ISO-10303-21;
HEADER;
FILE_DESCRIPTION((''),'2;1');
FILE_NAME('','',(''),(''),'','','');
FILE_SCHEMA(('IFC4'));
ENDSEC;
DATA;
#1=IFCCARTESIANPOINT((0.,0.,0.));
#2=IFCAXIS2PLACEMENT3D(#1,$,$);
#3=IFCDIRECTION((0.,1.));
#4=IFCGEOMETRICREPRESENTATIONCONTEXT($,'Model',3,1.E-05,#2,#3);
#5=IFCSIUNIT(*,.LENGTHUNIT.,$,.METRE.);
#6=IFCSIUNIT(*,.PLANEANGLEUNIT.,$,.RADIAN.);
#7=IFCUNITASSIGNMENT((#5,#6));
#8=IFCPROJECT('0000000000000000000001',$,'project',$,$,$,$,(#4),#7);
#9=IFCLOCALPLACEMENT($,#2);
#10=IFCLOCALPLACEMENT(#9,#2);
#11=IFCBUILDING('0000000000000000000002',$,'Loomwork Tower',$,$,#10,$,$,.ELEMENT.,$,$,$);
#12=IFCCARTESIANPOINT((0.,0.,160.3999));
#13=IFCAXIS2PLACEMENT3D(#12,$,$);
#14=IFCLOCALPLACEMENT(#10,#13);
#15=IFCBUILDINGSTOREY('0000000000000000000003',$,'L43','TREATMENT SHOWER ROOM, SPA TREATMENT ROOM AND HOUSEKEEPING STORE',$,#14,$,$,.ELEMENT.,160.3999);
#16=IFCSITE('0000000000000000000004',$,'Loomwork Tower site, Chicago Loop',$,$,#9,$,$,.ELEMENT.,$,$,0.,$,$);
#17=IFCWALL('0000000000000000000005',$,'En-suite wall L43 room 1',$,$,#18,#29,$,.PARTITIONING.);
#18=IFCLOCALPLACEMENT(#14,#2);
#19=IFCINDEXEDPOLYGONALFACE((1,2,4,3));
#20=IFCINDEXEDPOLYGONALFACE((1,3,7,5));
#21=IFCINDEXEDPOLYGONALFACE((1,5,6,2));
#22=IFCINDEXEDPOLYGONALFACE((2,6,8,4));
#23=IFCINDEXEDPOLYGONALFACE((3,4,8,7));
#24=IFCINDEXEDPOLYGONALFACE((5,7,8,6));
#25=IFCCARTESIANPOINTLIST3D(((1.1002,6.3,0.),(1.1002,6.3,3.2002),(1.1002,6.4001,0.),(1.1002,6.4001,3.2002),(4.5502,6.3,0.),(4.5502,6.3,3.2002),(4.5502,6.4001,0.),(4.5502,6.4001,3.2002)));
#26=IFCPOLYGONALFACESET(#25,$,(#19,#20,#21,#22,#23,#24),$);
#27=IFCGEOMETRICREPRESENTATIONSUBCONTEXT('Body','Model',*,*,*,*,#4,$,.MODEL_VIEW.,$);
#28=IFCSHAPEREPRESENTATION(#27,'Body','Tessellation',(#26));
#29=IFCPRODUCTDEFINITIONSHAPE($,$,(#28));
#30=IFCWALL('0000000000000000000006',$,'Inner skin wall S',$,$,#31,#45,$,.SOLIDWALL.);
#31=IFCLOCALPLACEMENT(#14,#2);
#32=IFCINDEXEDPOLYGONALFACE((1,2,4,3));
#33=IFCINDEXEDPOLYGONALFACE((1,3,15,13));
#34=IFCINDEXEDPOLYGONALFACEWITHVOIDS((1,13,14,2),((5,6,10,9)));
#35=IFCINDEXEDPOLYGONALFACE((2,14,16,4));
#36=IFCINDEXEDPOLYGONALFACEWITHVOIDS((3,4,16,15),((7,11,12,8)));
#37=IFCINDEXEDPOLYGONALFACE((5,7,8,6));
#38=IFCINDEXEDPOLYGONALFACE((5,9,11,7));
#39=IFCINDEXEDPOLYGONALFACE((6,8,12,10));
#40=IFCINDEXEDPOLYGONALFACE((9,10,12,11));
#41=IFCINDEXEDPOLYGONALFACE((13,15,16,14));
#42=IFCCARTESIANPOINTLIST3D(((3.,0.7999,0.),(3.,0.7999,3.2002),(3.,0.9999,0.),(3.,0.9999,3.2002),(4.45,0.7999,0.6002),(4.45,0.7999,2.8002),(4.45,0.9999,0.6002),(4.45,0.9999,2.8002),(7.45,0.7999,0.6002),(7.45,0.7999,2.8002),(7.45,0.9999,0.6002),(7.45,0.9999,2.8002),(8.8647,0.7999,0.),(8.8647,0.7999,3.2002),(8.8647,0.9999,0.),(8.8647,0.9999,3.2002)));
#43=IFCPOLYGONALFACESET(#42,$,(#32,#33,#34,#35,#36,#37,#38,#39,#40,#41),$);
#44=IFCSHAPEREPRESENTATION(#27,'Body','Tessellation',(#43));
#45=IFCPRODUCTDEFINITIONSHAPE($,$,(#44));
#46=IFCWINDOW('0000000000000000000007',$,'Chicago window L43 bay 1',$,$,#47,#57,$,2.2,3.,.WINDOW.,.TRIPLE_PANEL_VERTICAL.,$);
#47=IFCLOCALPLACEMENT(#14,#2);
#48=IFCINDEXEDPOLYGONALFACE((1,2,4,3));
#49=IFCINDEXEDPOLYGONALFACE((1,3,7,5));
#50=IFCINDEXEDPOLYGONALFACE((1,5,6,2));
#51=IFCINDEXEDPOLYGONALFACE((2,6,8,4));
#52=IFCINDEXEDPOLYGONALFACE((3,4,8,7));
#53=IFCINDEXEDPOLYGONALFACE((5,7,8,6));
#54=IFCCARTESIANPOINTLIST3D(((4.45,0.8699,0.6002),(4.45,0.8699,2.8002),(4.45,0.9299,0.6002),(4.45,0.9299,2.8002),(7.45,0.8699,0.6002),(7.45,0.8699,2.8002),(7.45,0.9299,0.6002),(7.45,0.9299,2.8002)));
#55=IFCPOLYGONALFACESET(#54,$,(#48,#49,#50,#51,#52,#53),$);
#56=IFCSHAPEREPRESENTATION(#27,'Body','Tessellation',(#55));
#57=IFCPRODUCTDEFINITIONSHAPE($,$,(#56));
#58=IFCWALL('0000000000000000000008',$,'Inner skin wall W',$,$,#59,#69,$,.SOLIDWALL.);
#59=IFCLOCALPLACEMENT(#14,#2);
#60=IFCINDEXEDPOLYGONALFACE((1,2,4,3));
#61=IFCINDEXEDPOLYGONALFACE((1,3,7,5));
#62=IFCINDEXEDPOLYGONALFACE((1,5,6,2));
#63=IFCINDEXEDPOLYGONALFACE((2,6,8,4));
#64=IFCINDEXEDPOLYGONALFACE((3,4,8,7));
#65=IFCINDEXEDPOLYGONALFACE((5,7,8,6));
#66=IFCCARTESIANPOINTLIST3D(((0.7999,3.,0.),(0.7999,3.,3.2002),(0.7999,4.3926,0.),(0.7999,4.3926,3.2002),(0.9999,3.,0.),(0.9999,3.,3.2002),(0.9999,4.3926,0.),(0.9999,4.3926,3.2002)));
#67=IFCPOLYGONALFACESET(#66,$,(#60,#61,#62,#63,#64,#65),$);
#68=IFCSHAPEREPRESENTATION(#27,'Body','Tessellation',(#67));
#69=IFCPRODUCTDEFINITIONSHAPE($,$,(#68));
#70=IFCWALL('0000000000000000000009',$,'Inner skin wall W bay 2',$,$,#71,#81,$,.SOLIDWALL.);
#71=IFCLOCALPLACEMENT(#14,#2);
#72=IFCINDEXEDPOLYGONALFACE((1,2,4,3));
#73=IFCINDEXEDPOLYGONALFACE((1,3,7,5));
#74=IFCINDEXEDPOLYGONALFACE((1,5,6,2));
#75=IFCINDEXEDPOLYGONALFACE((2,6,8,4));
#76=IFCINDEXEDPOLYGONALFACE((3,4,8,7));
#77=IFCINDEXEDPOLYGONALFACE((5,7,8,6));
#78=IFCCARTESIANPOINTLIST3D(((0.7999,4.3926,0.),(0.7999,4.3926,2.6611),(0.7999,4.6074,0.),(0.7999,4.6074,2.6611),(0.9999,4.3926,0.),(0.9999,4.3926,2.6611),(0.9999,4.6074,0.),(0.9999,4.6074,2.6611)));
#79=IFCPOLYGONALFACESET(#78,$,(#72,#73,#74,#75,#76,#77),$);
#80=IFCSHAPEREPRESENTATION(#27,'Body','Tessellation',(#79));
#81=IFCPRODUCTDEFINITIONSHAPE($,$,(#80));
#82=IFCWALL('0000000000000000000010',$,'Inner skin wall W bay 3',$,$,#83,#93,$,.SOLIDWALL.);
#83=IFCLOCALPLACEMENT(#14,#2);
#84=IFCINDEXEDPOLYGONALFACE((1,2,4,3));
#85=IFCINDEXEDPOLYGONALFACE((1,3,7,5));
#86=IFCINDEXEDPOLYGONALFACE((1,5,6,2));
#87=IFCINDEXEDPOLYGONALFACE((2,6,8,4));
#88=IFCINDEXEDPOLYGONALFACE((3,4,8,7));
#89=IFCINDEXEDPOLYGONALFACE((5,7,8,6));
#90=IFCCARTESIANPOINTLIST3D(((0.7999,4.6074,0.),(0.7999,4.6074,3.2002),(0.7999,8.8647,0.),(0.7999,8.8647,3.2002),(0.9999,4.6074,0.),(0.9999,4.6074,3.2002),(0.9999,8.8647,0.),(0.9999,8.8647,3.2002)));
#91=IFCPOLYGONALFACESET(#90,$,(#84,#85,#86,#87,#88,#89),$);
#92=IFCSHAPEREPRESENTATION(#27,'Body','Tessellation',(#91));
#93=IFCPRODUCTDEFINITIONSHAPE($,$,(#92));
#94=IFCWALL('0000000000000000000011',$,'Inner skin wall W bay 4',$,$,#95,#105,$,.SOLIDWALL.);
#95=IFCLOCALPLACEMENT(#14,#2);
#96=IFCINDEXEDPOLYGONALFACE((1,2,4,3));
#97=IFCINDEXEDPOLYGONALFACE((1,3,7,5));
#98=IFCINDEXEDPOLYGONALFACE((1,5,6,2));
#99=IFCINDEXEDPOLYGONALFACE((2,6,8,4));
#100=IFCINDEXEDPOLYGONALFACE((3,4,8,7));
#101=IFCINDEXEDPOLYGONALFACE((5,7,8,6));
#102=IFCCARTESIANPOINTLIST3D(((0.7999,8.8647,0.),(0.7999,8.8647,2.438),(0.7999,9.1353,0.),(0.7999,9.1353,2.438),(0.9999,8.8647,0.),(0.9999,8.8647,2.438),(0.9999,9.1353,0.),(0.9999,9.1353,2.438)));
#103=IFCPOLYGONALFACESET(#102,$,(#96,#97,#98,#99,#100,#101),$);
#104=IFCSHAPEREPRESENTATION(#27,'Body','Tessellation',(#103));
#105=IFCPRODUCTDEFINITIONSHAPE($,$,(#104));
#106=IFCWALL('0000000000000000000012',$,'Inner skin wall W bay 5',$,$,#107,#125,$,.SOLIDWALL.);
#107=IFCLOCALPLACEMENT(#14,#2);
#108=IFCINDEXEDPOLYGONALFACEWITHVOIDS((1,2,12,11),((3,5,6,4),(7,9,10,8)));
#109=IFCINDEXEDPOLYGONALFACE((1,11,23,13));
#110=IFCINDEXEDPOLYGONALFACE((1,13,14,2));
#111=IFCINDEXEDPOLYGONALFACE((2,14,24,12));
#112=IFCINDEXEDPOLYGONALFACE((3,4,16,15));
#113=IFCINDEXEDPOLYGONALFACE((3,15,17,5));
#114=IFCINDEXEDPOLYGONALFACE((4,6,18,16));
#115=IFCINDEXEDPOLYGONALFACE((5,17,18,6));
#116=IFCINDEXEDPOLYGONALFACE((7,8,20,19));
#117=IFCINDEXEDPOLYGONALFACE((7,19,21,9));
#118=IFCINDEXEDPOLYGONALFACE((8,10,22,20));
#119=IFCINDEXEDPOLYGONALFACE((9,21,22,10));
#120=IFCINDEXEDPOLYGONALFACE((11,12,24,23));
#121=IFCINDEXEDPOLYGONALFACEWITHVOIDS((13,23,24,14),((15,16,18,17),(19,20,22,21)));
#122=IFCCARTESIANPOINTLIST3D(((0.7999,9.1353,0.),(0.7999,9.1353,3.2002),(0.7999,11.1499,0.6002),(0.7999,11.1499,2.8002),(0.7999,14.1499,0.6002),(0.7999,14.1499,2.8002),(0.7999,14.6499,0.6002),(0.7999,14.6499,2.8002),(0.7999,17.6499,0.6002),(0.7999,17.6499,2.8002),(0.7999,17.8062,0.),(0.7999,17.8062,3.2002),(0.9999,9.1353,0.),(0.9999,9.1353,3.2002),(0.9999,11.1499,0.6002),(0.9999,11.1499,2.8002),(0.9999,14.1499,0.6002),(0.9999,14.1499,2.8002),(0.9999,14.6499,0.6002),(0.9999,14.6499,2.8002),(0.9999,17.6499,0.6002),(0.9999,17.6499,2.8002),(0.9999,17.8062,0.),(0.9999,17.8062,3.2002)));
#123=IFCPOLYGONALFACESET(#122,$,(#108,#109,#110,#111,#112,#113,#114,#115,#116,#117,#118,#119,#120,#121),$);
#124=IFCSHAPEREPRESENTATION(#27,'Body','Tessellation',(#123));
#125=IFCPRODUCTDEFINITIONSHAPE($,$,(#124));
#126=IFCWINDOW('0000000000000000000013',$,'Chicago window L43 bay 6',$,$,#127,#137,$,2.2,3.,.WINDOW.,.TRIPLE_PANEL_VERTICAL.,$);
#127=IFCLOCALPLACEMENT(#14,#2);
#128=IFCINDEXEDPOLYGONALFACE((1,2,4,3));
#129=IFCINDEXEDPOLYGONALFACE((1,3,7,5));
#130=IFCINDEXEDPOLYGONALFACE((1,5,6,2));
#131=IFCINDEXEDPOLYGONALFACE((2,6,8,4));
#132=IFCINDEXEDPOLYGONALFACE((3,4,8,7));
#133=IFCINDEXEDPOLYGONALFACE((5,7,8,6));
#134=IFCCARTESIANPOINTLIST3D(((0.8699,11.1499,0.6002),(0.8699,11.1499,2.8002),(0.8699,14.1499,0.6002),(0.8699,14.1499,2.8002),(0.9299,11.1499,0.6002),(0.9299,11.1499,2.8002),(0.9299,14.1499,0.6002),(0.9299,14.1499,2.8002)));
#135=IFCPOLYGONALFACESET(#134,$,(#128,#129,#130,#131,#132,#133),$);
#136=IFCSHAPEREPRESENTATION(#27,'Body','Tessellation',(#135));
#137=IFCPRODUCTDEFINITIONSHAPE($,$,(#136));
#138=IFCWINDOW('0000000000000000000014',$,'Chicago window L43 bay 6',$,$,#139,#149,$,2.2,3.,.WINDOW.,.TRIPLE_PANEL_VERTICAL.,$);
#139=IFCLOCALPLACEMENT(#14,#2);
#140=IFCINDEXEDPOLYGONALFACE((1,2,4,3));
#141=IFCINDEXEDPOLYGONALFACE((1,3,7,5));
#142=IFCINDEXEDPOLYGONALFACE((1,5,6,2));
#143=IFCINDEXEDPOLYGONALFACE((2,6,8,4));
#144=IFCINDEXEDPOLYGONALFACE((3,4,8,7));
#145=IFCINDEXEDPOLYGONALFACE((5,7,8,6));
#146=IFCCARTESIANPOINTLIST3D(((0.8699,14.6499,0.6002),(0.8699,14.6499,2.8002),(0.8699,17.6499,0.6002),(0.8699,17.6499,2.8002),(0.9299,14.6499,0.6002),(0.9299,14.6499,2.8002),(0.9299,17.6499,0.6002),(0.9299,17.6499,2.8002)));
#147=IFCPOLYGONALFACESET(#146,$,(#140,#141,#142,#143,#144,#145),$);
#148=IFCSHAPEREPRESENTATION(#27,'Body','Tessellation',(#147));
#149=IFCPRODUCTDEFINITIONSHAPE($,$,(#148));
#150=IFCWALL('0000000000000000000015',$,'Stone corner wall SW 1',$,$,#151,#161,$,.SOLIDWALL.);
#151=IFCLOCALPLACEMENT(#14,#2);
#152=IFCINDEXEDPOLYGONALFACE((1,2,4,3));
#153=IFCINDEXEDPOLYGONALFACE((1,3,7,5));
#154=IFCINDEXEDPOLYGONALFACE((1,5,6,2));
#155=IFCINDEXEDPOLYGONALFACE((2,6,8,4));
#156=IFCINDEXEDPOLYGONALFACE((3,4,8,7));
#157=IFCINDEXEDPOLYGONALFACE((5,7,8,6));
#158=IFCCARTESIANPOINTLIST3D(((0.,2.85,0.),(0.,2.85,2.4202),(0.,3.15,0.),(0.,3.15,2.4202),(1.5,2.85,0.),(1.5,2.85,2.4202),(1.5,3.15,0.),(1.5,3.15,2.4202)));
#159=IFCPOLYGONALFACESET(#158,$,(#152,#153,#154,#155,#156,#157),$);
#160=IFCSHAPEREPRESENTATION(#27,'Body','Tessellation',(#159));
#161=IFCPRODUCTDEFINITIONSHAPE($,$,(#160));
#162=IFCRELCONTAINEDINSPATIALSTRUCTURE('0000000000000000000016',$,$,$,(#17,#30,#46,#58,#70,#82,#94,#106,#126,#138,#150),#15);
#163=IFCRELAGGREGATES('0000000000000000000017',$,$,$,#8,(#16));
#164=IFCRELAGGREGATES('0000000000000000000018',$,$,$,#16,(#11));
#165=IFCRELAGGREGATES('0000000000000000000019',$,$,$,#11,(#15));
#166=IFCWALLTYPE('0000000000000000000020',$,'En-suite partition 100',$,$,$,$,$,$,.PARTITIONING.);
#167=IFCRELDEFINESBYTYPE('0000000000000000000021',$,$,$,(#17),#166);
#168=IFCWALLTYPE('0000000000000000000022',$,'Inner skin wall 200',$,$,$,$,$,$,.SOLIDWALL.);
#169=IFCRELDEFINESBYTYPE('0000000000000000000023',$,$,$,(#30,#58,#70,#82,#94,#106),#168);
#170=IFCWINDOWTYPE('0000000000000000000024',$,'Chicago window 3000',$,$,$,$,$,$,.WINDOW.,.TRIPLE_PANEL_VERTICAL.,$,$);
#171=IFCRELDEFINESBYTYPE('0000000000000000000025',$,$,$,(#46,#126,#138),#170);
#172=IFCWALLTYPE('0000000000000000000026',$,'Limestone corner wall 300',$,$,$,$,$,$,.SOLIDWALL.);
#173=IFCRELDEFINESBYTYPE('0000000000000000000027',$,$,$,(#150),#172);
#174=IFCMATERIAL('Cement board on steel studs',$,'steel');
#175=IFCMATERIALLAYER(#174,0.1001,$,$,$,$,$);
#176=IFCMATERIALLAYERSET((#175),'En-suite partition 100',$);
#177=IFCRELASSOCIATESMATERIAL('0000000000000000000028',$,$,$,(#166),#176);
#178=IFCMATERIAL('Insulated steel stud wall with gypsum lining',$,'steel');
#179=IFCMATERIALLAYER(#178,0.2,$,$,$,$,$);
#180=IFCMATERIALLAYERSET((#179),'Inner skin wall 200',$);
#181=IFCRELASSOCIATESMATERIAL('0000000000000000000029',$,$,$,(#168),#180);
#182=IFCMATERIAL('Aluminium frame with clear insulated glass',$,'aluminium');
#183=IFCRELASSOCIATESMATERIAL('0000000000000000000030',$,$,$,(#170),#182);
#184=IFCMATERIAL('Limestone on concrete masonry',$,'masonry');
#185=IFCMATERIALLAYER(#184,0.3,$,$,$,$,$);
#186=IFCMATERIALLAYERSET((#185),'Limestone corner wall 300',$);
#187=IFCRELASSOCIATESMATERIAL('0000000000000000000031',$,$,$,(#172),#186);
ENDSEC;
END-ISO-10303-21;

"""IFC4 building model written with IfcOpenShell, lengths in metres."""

from ifc_helpers import new_model, si_unit, direction, frame, frame_2d, origin, place, context, subcontext, project, spatial, rectangle, extrude, material, layer, layer_set, type_object, element, fill, save


model = new_model("IFC4")

# Units and contexts
model_context = context("Model", 3, precision=1e-05, world=origin(), true_north=direction((0.0, 1.0)))
body_context = subcontext(model_context, "Body", "Model", "MODEL_VIEW")
ifc_project = project(units=[si_unit("LENGTHUNIT", "METRE"), si_unit("PLANEANGLEUNIT", "RADIAN")], contexts=[model_context])

# Site, building, storey
site_placement = place(None, origin())
site = spatial("IfcSite", under=ifc_project, at=site_placement, Name="Loomwork Tower site, Chicago Loop", CompositionType="ELEMENT", RefElevation=0.0)
building_placement = place(site_placement, origin())
building = spatial("IfcBuilding", under=site, at=building_placement, Name="Loomwork Tower", CompositionType="ELEMENT")
storey_placement = place(building_placement, frame((0.0, 0.0, 160.3999)))
storey = spatial("IfcBuildingStorey", under=building, at=storey_placement, Name="L43", Description="TREATMENT SHOWER ROOM, SPA TREATMENT ROOM AND HOUSEKEEPING STORE", CompositionType="ELEMENT", Elevation=160.3999)

# Wall
ifc_material_1 = material(Name="Cement board on steel studs", Category="steel")
ifc_layer_1 = layer(ifc_material_1, 0.1001)
ifc_layer_set_1 = layer_set([ifc_layer_1], Name="En-suite partition 100")
wall_type_1 = type_object("IfcWallType", Name="En-suite partition 100", PredefinedType="PARTITIONING", material=ifc_layer_set_1)
wall_1_placement = place(storey_placement, frame((1.1001, 6.3501, 0.0), z_axis=(0.0, 0.0, 1.0), x_axis=(1.0, 0.0, 0.0)))
element("IfcWall", 1, at=wall_1_placement, inside=storey, type_object=wall_type_1, Name="En-suite wall L43 room 1", PredefinedType="PARTITIONING", context=body_context, shape_type="SweptSolid", body=[
    extrude(rectangle(XDim=3.45, YDim=0.1001, at=frame_2d((1.7251, 0.0))), origin(), (0.0, 0.0, 1.0), 3.2002),
])

# Wall, opening, window
ifc_material_2 = material(Name="Insulated steel stud wall with gypsum lining", Category="steel")
ifc_layer_2 = layer(ifc_material_2, 0.2)
ifc_layer_set_2 = layer_set([ifc_layer_2], Name="Inner skin wall 200")
wall_type_2 = type_object("IfcWallType", Name="Inner skin wall 200", PredefinedType="SOLIDWALL", material=ifc_layer_set_2)
wall_2_placement = place(storey_placement, frame((3.0, 0.8999, 0.0), z_axis=(0.0, 0.0, 1.0), x_axis=(1.0, 0.0, 0.0)))
wall_2 = element("IfcWall", 2, at=wall_2_placement, inside=storey, type_object=wall_type_2, Name="Inner skin wall S", PredefinedType="SOLIDWALL", context=body_context, shape_type="SweptSolid", body=[
    extrude(rectangle(XDim=5.8647, YDim=0.2, at=frame_2d((2.9324, 0.0))), origin(), (0.0, 0.0, 1.0), 3.2002),
])
opening_1_placement = place(wall_2_placement, frame((1.45, 0.0, 0.6001)))
opening_1 = element("IfcOpeningElement", 3, at=opening_1_placement, cuts=wall_2, PredefinedType="OPENING", context=body_context, shape_type="SweptSolid", body=[
    extrude(rectangle(XDim=3.0, YDim=2.2, at=frame_2d((1.5, 1.1001))), frame((0.0, 0.1099, 0.0), z_axis=(0.0, -1.0, 0.0), x_axis=(1.0, 0.0, 0.0)), (0.0, 0.0, 1.0), 0.22),
])
ifc_material_3 = material(Name="Aluminium frame with clear insulated glass", Category="aluminium")
window_type_1 = type_object("IfcWindowType", Name="Chicago window 3000", PartitioningType="TRIPLE_PANEL_VERTICAL", PredefinedType="WINDOW", material=ifc_material_3)
window_1_placement = place(opening_1_placement, origin())
window_1 = element("IfcWindow", 4, at=window_1_placement, inside=storey, type_object=window_type_1, Name="Chicago window L43 bay 1", OverallHeight=2.2, OverallWidth=3.0, PartitioningType="TRIPLE_PANEL_VERTICAL", PredefinedType="WINDOW", context=body_context, shape_type="SweptSolid", body=[
    extrude(rectangle(XDim=3.0, YDim=2.2, at=frame_2d((1.5, 1.1001))), frame((0.0, 0.03, 0.0), z_axis=(0.0, -1.0, 0.0), x_axis=(1.0, 0.0, 0.0)), (0.0, 0.0, 1.0), 0.0601),
])
fill(opening_1, window_1)

# Walls
wall_3_placement = place(storey_placement, frame((0.8999, 3.0, 0.0), z_axis=(0.0, 0.0, 1.0), x_axis=(0.0, 1.0, 0.0)))
element("IfcWall", 5, at=wall_3_placement, inside=storey, type_object=wall_type_2, Name="Inner skin wall W", PredefinedType="SOLIDWALL", context=body_context, shape_type="SweptSolid", body=[
    extrude(rectangle(XDim=1.3926, YDim=0.2, at=frame_2d((0.6963, 0.0))), origin(), (0.0, 0.0, 1.0), 3.2002),
])
wall_4_placement = place(storey_placement, frame((0.8999, 4.3926, 0.0), z_axis=(0.0, 0.0, 1.0), x_axis=(0.0, 1.0, 0.0)))
element("IfcWall", 6, at=wall_4_placement, inside=storey, type_object=wall_type_2, Name="Inner skin wall W bay 2", PredefinedType="SOLIDWALL", context=body_context, shape_type="SweptSolid", body=[
    extrude(rectangle(XDim=0.2148, YDim=0.2, at=frame_2d((0.1074, 0.0))), origin(), (0.0, 0.0, 1.0), 2.6611),
])
wall_5_placement = place(storey_placement, frame((0.8999, 4.6074, 0.0), z_axis=(0.0, 0.0, 1.0), x_axis=(0.0, 1.0, 0.0)))
element("IfcWall", 7, at=wall_5_placement, inside=storey, type_object=wall_type_2, Name="Inner skin wall W bay 3", PredefinedType="SOLIDWALL", context=body_context, shape_type="SweptSolid", body=[
    extrude(rectangle(XDim=4.2573, YDim=0.2, at=frame_2d((2.1287, 0.0))), origin(), (0.0, 0.0, 1.0), 3.2002),
])
wall_6_placement = place(storey_placement, frame((0.8999, 8.8647, 0.0), z_axis=(0.0, 0.0, 1.0), x_axis=(0.0, 1.0, 0.0)))
element("IfcWall", 8, at=wall_6_placement, inside=storey, type_object=wall_type_2, Name="Inner skin wall W bay 4", PredefinedType="SOLIDWALL", context=body_context, shape_type="SweptSolid", body=[
    extrude(rectangle(XDim=0.2705, YDim=0.2, at=frame_2d((0.1353, 0.0))), origin(), (0.0, 0.0, 1.0), 2.438),
])

# Wall, openings, windows
wall_7_placement = place(storey_placement, frame((0.8999, 9.1353, 0.0), z_axis=(0.0, 0.0, 1.0), x_axis=(0.0, 1.0, 0.0)))
wall_7 = element("IfcWall", 9, at=wall_7_placement, inside=storey, type_object=wall_type_2, Name="Inner skin wall W bay 5", PredefinedType="SOLIDWALL", context=body_context, shape_type="SweptSolid", body=[
    extrude(rectangle(XDim=8.6709, YDim=0.2, at=frame_2d((4.3354, 0.0))), origin(), (0.0, 0.0, 1.0), 3.2002),
])
opening_2_placement = place(wall_7_placement, frame((2.0146, 0.0, 0.6001)))
opening_2 = element("IfcOpeningElement", 10, at=opening_2_placement, cuts=wall_7, PredefinedType="OPENING", context=body_context, shape_type="SweptSolid", body=[
    extrude(rectangle(XDim=3.0, YDim=2.2, at=frame_2d((1.5, 1.1001))), frame((0.0, 0.1099, 0.0), z_axis=(0.0, -1.0, 0.0), x_axis=(1.0, 0.0, 0.0)), (0.0, 0.0, 1.0), 0.22),
])
opening_3_placement = place(wall_7_placement, frame((5.5146, 0.0, 0.6001)))
opening_3 = element("IfcOpeningElement", 11, at=opening_3_placement, cuts=wall_7, PredefinedType="OPENING", context=body_context, shape_type="SweptSolid", body=[
    extrude(rectangle(XDim=3.0, YDim=2.2, at=frame_2d((1.5, 1.1001))), frame((0.0, 0.1099, 0.0), z_axis=(0.0, -1.0, 0.0), x_axis=(1.0, 0.0, 0.0)), (0.0, 0.0, 1.0), 0.22),
])
window_2_placement = place(opening_2_placement, origin())
window_2 = element("IfcWindow", 12, at=window_2_placement, inside=storey, type_object=window_type_1, Name="Chicago window L43 bay 6", OverallHeight=2.2, OverallWidth=3.0, PartitioningType="TRIPLE_PANEL_VERTICAL", PredefinedType="WINDOW", context=body_context, shape_type="SweptSolid", body=[
    extrude(rectangle(XDim=3.0, YDim=2.2, at=frame_2d((1.5, 1.1001))), frame((0.0, 0.03, 0.0), z_axis=(0.0, -1.0, 0.0), x_axis=(1.0, 0.0, 0.0)), (0.0, 0.0, 1.0), 0.0601),
])
fill(opening_2, window_2)
window_3_placement = place(opening_3_placement, origin())
window_3 = element("IfcWindow", 13, at=window_3_placement, inside=storey, type_object=window_type_1, Name="Chicago window L43 bay 6", OverallHeight=2.2, OverallWidth=3.0, PartitioningType="TRIPLE_PANEL_VERTICAL", PredefinedType="WINDOW", context=body_context, shape_type="SweptSolid", body=[
    extrude(rectangle(XDim=3.0, YDim=2.2, at=frame_2d((1.5, 1.1001))), frame((0.0, 0.03, 0.0), z_axis=(0.0, -1.0, 0.0), x_axis=(1.0, 0.0, 0.0)), (0.0, 0.0, 1.0), 0.0601),
])
fill(opening_3, window_3)

# Wall
ifc_material_4 = material(Name="Limestone on concrete masonry", Category="masonry")
ifc_layer_3 = layer(ifc_material_4, 0.3)
ifc_layer_set_3 = layer_set([ifc_layer_3], Name="Limestone corner wall 300")
wall_type_3 = type_object("IfcWallType", Name="Limestone corner wall 300", PredefinedType="SOLIDWALL", material=ifc_layer_set_3)
wall_8_placement = place(storey_placement, frame((0.0, 3.0, 0.0), z_axis=(0.0, 0.0, 1.0), x_axis=(1.0, 0.0, 0.0)))
element("IfcWall", 14, at=wall_8_placement, inside=storey, type_object=wall_type_3, Name="Stone corner wall SW 1", PredefinedType="SOLIDWALL", context=body_context, shape_type="SweptSolid", body=[
    extrude(rectangle(XDim=1.5, YDim=0.3, at=frame_2d((0.75, 0.0))), origin(), (0.0, 0.0, 1.0), 2.4202),
])

save(model, "model.ifc")
